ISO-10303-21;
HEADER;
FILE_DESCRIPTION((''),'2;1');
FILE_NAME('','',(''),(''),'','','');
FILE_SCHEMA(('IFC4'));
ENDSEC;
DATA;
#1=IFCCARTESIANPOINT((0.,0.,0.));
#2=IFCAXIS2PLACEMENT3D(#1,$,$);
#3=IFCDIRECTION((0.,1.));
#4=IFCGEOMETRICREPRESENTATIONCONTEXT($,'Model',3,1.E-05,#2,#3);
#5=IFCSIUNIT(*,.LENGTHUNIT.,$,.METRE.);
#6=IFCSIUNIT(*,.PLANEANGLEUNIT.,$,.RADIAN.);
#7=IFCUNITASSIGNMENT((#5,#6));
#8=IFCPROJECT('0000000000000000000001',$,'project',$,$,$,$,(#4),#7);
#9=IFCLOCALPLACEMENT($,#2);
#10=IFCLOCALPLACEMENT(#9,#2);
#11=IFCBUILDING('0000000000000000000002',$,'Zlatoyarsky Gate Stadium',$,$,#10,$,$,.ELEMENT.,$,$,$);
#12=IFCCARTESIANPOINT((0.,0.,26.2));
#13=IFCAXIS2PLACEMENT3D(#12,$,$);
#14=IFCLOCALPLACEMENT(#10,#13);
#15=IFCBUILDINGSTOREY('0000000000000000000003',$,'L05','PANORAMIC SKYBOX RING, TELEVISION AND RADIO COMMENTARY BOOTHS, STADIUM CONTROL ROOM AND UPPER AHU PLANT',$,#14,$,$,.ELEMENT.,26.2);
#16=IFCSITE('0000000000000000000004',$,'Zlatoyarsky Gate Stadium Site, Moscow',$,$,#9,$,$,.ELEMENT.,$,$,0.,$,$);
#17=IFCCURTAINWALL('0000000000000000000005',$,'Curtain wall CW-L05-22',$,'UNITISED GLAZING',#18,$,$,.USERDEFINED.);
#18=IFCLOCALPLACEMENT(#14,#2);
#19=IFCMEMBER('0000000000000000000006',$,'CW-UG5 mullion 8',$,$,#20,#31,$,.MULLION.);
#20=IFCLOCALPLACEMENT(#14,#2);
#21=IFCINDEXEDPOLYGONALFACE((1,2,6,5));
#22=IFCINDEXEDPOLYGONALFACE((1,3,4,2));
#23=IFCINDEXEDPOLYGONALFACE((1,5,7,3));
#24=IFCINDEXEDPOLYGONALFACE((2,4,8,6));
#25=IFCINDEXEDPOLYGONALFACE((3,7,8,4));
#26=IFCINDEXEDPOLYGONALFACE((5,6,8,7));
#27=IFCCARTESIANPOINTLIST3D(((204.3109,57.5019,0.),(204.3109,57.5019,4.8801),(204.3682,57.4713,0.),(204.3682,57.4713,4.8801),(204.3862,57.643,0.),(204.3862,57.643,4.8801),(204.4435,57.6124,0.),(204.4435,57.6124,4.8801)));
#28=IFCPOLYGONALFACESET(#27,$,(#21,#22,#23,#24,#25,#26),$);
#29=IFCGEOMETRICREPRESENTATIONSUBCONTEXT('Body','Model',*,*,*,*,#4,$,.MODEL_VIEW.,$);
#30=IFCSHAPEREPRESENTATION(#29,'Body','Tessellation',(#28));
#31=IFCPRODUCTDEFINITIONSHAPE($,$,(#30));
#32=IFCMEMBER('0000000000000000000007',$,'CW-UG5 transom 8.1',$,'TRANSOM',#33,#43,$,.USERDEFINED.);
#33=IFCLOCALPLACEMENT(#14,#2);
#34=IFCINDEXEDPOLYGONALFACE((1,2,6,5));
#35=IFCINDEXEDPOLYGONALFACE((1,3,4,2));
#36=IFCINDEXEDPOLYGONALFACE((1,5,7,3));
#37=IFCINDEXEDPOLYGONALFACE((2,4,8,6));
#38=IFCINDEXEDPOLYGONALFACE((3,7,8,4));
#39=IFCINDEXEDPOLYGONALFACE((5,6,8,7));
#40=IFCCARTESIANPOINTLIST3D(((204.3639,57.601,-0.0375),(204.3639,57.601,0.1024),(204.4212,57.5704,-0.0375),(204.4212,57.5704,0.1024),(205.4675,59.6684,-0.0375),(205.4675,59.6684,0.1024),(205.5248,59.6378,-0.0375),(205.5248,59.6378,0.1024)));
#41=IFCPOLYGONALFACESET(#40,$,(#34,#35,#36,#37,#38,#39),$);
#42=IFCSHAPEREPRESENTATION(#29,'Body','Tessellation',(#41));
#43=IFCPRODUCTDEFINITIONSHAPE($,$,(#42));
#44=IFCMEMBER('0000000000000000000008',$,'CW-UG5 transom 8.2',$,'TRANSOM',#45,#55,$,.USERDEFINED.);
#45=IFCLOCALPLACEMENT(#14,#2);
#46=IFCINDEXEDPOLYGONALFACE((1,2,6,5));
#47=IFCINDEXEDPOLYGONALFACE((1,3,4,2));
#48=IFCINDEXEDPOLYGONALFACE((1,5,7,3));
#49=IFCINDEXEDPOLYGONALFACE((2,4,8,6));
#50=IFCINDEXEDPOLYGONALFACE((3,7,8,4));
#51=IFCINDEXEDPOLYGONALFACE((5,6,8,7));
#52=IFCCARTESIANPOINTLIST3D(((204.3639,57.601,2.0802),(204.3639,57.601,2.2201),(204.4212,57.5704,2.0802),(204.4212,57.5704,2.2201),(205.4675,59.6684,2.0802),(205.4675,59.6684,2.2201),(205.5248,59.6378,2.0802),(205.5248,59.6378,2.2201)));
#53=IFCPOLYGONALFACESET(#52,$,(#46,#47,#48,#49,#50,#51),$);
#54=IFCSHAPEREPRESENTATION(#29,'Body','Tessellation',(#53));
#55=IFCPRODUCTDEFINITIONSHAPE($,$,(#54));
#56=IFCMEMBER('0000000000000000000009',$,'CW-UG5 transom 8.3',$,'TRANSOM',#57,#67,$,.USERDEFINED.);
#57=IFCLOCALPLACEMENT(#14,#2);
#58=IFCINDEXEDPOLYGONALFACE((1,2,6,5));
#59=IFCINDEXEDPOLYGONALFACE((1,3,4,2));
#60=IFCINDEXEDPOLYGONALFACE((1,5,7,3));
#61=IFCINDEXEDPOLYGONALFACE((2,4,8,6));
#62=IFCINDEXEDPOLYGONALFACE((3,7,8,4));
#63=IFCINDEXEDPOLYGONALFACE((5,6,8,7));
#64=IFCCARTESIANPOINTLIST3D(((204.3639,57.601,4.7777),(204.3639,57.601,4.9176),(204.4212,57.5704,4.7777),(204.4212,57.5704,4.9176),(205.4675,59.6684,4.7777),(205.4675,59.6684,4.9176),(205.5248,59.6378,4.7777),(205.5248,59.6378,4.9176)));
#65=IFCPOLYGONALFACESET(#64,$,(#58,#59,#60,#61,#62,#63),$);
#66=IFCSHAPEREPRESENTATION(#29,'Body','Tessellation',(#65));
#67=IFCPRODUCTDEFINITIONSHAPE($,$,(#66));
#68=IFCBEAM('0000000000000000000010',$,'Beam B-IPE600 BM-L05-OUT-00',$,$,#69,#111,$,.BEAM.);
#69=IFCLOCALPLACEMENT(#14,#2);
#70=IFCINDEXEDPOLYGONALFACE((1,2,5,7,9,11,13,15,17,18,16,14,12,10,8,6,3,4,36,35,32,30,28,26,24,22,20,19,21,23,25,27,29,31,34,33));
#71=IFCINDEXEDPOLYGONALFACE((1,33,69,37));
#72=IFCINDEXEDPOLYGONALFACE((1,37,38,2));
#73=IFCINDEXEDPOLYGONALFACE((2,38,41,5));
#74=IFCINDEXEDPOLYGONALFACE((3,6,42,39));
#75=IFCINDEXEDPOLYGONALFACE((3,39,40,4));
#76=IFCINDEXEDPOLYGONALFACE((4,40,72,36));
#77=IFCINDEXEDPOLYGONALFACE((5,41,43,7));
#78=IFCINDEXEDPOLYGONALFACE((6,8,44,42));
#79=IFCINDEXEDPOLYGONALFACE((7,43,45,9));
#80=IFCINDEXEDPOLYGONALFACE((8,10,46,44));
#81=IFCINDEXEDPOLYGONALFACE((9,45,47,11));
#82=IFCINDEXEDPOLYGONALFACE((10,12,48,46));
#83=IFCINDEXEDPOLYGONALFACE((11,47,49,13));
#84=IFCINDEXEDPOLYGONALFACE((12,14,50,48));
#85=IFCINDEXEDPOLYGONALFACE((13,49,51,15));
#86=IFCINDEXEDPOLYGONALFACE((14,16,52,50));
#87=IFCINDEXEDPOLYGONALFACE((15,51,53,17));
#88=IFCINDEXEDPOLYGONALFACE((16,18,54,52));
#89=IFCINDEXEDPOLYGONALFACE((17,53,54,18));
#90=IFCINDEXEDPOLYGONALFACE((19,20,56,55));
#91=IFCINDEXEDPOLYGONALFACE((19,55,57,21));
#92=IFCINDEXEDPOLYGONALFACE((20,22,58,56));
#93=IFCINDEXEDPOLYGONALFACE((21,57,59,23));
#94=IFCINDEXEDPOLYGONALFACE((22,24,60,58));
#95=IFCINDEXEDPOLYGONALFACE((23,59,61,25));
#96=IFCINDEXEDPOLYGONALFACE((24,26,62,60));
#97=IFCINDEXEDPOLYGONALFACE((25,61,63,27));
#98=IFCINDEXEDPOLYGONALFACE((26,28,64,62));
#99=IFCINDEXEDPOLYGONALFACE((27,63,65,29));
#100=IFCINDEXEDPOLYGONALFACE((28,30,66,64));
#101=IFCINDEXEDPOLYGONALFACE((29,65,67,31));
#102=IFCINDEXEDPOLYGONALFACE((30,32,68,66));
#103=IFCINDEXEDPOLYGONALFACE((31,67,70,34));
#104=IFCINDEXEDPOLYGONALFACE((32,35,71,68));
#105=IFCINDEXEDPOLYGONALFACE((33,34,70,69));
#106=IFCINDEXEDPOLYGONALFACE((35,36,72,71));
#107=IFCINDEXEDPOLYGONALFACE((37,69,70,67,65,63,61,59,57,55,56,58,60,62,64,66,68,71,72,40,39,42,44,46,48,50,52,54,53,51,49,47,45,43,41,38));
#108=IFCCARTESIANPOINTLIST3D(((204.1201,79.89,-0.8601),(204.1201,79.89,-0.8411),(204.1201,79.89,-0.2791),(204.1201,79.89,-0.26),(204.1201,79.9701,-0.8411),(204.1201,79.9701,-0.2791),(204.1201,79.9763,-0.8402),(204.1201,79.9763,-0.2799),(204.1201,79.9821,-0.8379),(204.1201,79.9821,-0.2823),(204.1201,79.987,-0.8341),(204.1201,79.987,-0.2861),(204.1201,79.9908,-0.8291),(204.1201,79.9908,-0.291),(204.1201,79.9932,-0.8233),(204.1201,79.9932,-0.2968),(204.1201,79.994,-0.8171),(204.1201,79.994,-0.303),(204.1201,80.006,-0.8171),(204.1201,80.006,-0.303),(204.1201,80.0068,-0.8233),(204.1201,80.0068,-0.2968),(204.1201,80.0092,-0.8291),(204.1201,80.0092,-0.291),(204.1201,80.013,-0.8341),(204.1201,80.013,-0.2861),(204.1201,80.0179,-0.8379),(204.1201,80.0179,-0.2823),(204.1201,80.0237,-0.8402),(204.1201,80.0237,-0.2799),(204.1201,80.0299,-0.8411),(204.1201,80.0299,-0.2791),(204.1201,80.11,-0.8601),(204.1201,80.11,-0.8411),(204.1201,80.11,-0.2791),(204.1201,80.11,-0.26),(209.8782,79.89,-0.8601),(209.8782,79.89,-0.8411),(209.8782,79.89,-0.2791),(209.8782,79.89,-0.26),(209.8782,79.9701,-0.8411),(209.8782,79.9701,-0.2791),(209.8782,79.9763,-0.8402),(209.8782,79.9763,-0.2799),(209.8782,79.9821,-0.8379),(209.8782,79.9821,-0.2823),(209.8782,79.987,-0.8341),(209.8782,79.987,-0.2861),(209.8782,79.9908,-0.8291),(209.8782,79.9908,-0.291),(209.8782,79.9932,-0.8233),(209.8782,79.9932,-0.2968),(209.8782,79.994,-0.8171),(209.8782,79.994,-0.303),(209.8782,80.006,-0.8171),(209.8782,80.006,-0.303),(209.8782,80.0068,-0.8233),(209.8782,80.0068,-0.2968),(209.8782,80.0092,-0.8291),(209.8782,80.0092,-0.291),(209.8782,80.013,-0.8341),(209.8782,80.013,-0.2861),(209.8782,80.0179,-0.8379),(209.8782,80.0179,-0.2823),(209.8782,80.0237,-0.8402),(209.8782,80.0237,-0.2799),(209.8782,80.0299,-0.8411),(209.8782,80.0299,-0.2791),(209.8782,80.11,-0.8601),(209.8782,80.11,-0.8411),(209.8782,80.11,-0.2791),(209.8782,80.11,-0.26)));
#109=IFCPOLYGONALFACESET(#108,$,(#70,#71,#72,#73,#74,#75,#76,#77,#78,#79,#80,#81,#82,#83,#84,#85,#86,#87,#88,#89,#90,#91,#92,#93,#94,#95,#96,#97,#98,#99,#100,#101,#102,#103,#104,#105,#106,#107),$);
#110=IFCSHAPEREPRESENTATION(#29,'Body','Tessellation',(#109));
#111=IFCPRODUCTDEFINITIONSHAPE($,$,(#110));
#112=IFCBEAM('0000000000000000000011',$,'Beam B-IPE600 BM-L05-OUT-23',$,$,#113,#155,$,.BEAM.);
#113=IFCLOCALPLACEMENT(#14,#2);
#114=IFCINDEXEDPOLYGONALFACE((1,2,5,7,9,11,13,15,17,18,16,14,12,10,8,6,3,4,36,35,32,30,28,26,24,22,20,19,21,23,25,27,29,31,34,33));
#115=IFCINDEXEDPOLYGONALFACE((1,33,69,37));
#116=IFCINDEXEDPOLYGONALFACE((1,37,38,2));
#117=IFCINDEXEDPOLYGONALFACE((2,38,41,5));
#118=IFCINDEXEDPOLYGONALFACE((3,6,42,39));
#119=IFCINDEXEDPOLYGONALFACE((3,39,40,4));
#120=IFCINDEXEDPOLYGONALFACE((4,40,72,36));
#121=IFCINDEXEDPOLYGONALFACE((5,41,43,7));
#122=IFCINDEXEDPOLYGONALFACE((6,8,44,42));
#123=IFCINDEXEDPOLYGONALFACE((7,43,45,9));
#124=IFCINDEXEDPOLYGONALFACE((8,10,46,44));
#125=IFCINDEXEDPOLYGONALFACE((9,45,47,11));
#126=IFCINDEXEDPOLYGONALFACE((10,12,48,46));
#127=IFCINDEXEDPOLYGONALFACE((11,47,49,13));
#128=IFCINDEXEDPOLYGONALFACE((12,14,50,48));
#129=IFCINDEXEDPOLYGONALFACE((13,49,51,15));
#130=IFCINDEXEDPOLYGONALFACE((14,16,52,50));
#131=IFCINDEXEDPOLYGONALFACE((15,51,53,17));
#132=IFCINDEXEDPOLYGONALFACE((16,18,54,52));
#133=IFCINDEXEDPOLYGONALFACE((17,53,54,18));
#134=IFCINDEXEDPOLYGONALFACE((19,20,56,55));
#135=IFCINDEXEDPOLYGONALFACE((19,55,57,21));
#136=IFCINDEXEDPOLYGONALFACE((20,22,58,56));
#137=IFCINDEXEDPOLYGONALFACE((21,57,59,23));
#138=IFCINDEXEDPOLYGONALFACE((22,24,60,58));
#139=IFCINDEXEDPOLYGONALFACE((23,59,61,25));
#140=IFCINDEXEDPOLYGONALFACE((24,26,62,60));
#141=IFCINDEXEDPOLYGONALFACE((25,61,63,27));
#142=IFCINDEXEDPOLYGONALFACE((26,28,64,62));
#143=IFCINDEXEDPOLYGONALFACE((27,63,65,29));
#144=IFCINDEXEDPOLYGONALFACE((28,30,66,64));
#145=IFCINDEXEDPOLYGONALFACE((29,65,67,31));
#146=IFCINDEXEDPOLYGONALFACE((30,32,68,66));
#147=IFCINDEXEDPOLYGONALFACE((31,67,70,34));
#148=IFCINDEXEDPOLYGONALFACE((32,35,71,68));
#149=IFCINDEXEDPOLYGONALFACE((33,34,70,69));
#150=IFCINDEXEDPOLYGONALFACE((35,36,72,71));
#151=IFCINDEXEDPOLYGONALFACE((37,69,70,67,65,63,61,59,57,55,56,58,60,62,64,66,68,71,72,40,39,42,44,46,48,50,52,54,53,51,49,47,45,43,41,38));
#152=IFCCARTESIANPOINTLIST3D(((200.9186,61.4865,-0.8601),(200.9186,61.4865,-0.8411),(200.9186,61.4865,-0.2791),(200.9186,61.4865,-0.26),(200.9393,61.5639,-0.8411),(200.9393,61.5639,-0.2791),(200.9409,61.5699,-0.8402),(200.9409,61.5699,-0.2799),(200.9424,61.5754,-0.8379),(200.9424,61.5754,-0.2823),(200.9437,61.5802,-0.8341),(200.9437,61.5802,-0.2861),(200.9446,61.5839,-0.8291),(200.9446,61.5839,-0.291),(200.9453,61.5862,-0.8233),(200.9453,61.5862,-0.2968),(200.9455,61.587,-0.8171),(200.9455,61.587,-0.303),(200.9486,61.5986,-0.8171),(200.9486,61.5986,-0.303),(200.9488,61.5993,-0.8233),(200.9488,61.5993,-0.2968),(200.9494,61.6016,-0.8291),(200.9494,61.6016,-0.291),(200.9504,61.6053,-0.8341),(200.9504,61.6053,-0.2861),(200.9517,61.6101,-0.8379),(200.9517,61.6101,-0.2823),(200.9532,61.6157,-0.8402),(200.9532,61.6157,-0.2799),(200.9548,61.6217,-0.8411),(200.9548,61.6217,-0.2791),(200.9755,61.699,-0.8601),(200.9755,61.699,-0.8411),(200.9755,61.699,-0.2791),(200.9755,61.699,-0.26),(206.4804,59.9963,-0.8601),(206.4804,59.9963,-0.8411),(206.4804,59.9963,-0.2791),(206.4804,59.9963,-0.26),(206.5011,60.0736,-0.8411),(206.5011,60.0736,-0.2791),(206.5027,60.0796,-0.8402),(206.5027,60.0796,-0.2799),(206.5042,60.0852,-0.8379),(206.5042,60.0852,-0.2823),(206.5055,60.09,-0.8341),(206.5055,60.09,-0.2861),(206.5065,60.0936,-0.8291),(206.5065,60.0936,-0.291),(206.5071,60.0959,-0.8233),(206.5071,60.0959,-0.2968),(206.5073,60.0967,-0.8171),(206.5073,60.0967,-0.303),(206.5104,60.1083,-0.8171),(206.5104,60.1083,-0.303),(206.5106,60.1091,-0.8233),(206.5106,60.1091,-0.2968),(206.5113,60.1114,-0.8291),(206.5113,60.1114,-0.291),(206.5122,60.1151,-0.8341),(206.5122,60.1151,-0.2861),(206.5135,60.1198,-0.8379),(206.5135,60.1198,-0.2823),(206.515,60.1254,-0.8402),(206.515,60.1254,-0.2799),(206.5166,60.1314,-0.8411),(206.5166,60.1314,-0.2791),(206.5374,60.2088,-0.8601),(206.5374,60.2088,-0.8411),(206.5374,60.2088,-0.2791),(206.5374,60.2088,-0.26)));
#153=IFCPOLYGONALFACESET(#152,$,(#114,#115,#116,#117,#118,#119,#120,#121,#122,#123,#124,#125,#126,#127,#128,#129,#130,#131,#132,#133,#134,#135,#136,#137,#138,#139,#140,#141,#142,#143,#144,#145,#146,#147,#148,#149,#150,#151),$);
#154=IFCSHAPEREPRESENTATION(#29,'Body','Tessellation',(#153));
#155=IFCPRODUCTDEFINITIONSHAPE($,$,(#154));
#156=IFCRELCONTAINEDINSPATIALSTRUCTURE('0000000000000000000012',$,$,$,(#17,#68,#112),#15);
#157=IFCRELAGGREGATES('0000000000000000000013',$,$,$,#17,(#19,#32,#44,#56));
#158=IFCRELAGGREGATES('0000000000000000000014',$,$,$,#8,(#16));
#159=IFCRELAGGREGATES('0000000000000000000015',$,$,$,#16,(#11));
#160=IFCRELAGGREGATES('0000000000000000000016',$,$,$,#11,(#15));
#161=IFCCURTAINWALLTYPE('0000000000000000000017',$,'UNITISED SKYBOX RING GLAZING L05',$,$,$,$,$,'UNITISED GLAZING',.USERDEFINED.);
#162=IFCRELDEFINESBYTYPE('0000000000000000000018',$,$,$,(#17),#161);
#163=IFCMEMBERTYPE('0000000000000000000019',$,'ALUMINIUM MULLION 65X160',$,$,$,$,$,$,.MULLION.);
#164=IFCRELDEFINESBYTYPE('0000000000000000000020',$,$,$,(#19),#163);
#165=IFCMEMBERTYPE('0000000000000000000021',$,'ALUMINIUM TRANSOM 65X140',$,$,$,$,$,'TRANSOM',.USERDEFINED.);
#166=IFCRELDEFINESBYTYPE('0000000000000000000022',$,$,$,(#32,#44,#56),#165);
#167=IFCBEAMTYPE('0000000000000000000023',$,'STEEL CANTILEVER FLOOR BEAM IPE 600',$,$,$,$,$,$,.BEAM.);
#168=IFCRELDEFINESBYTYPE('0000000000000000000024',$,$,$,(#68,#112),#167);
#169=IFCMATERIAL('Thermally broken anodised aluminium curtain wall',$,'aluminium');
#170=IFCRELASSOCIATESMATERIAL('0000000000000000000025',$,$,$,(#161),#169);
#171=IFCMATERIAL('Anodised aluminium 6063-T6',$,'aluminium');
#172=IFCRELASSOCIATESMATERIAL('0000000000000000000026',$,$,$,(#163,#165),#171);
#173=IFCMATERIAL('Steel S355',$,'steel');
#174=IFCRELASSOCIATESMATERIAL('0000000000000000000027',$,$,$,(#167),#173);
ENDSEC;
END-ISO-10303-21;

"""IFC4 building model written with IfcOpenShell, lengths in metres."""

from ifc_helpers import new_model, si_unit, direction, frame, origin, origin_2d, place, context, subcontext, project, spatial, rectangle, i_section, extrude, material, material_profile, profile_set, type_object, element, aggregate, save


model = new_model("IFC4")

# Units and contexts
model_context = context("Model", 3, precision=1e-05, world=origin(), true_north=direction((0.0, 1.0)))
body_context = subcontext(model_context, "Body", "Model", "MODEL_VIEW")
ifc_project = project(units=[si_unit("LENGTHUNIT", "METRE"), si_unit("PLANEANGLEUNIT", "RADIAN")], contexts=[model_context])

# Site, building, storey
site_placement = place(None, origin())
site = spatial("IfcSite", under=ifc_project, at=site_placement, Name="Zlatoyarsky Gate Stadium Site, Moscow", CompositionType="ELEMENT", RefElevation=0.0)
building_placement = place(site_placement, origin())
building = spatial("IfcBuilding", under=site, at=building_placement, Name="Zlatoyarsky Gate Stadium", CompositionType="ELEMENT")
storey_placement = place(building_placement, frame((0.0, 0.0, 26.2)))
storey = spatial("IfcBuildingStorey", under=building, at=storey_placement, Name="L05", Description="PANORAMIC SKYBOX RING, TELEVISION AND RADIO COMMENTARY BOOTHS, STADIUM CONTROL ROOM AND UPPER AHU PLANT", CompositionType="ELEMENT", Elevation=26.2)

# Shared definitions
ifc_material_1 = material(Name="Steel S355", Category="steel")

# Curtain wall, members
ifc_material_2 = material(Name="Thermally broken anodised aluminium curtain wall", Category="aluminium")
curtain_wall_type = type_object("IfcCurtainWallType", Name="UNITISED SKYBOX RING GLAZING L05", ElementType="UNITISED GLAZING", PredefinedType="USERDEFINED", material=ifc_material_2)
curtain_wall_placement = place(storey_placement, origin())
curtain_wall = element("IfcCurtainWall", 1, at=curtain_wall_placement, inside=storey, type_object=curtain_wall_type, Name="Curtain wall CW-L05-22", ObjectType="UNITISED GLAZING", PredefinedType="USERDEFINED")
ifc_material_3 = material(Name="Anodised aluminium 6063-T6", Category="aluminium")
ifc_material_profile_1 = material_profile(ifc_material_3, rectangle(XDim=0.0649, YDim=0.1599, at=origin_2d()), Name="ALU 65X160")
ifc_profile_set_1 = profile_set([ifc_material_profile_1], Name="Anodised aluminium 6063-T6")
member_type_1 = type_object("IfcMemberType", Name="ALUMINIUM MULLION 65X160", PredefinedType="MULLION", material=ifc_profile_set_1)
member_1_placement = place(storey_placement, frame((204.3772, 57.5571, 0.0), z_axis=(0.0, 0.0, 1.0), x_axis=(-0.882168, 0.470935, 0.0)))
member_1 = element("IfcMember", 2, at=member_1_placement, type_object=member_type_1, Name="CW-UG5 mullion 8", PredefinedType="MULLION", context=body_context, shape_type="SweptSolid", body=[
    extrude(rectangle(XDim=0.0649, YDim=0.1599, at=origin_2d()), origin(), (0.0, 0.0, 1.0), 4.8801),
])
ifc_material_profile_2 = material_profile(ifc_material_3, rectangle(XDim=0.0649, YDim=0.1399, at=origin_2d()), Name="ALU 65X140")
ifc_profile_set_2 = profile_set([ifc_material_profile_2], Name="Anodised aluminium 6063-T6")
member_type_2 = type_object("IfcMemberType", Name="ALUMINIUM TRANSOM 65X140", ElementType="TRANSOM", PredefinedType="USERDEFINED", material=ifc_profile_set_2)
member_2_placement = place(storey_placement, frame((204.3926, 57.5857, 0.0325), z_axis=(0.470891, 0.882191, 0.0), x_axis=(-0.882191, 0.470891, 0.0)))
member_2 = element("IfcMember", 3, at=member_2_placement, type_object=member_type_2, Name="CW-UG5 transom 8.1", ObjectType="TRANSOM", PredefinedType="USERDEFINED", context=body_context, shape_type="SweptSolid", body=[
    extrude(rectangle(XDim=0.0649, YDim=0.1399, at=origin_2d()), origin(), (0.0, 0.0, 1.0), 2.3435),
])
member_3_placement = place(storey_placement, frame((204.3926, 57.5857, 2.1501), z_axis=(0.470891, 0.882191, 0.0), x_axis=(-0.882191, 0.470891, 0.0)))
member_3 = element("IfcMember", 4, at=member_3_placement, type_object=member_type_2, Name="CW-UG5 transom 8.2", ObjectType="TRANSOM", PredefinedType="USERDEFINED", context=body_context, shape_type="SweptSolid", body=[
    extrude(rectangle(XDim=0.0649, YDim=0.1399, at=origin_2d()), origin(), (0.0, 0.0, 1.0), 2.3435),
])
member_4_placement = place(storey_placement, frame((204.3926, 57.5857, 4.8477), z_axis=(0.470891, 0.882191, 0.0), x_axis=(-0.882191, 0.470891, 0.0)))
member_4 = element("IfcMember", 5, at=member_4_placement, type_object=member_type_2, Name="CW-UG5 transom 8.3", ObjectType="TRANSOM", PredefinedType="USERDEFINED", context=body_context, shape_type="SweptSolid", body=[
    extrude(rectangle(XDim=0.0649, YDim=0.1399, at=origin_2d()), origin(), (0.0, 0.0, 1.0), 2.3435),
])

# Beams
ifc_material_profile_3 = material_profile(ifc_material_1, i_section(OverallWidth=0.22, OverallDepth=0.6001, WebThickness=0.012, FlangeThickness=0.019, FilletRadius=0.0239, at=origin_2d()), Name="IPE 600")
ifc_profile_set_3 = profile_set([ifc_material_profile_3], Name="Steel S355")
beam_type_1 = type_object("IfcBeamType", Name="STEEL CANTILEVER FLOOR BEAM IPE 600", PredefinedType="BEAM", material=ifc_profile_set_3)
for number, where, z_axis, x_axis, name in (
    (6, (204.1201, 80.0, -0.5601), (1.0, 0.0, 0.0), (0.0, 1.0, 0.0), "Beam B-IPE600 BM-L05-OUT-00"),
    (7, (200.947, 61.5928, -0.5601), (0.965927, -0.258813, 0.0), (0.258813, 0.965927, 0.0), "Beam B-IPE600 BM-L05-OUT-23"),
):
    element("IfcBeam", number, at=place(storey_placement, frame(where, z_axis=z_axis, x_axis=x_axis)), inside=storey, type_object=beam_type_1, Name=name, PredefinedType="BEAM", context=body_context, shape_type="SweptSolid", body=[
        extrude(i_section(OverallWidth=0.22, OverallDepth=0.6001, WebThickness=0.012, FlangeThickness=0.019, FilletRadius=0.0239, at=origin_2d()), origin(), (0.0, 0.0, 1.0), 5.7581),
    ])

aggregate(curtain_wall, [member_1, member_2, member_3, member_4])

save(model, "model.ifc")
